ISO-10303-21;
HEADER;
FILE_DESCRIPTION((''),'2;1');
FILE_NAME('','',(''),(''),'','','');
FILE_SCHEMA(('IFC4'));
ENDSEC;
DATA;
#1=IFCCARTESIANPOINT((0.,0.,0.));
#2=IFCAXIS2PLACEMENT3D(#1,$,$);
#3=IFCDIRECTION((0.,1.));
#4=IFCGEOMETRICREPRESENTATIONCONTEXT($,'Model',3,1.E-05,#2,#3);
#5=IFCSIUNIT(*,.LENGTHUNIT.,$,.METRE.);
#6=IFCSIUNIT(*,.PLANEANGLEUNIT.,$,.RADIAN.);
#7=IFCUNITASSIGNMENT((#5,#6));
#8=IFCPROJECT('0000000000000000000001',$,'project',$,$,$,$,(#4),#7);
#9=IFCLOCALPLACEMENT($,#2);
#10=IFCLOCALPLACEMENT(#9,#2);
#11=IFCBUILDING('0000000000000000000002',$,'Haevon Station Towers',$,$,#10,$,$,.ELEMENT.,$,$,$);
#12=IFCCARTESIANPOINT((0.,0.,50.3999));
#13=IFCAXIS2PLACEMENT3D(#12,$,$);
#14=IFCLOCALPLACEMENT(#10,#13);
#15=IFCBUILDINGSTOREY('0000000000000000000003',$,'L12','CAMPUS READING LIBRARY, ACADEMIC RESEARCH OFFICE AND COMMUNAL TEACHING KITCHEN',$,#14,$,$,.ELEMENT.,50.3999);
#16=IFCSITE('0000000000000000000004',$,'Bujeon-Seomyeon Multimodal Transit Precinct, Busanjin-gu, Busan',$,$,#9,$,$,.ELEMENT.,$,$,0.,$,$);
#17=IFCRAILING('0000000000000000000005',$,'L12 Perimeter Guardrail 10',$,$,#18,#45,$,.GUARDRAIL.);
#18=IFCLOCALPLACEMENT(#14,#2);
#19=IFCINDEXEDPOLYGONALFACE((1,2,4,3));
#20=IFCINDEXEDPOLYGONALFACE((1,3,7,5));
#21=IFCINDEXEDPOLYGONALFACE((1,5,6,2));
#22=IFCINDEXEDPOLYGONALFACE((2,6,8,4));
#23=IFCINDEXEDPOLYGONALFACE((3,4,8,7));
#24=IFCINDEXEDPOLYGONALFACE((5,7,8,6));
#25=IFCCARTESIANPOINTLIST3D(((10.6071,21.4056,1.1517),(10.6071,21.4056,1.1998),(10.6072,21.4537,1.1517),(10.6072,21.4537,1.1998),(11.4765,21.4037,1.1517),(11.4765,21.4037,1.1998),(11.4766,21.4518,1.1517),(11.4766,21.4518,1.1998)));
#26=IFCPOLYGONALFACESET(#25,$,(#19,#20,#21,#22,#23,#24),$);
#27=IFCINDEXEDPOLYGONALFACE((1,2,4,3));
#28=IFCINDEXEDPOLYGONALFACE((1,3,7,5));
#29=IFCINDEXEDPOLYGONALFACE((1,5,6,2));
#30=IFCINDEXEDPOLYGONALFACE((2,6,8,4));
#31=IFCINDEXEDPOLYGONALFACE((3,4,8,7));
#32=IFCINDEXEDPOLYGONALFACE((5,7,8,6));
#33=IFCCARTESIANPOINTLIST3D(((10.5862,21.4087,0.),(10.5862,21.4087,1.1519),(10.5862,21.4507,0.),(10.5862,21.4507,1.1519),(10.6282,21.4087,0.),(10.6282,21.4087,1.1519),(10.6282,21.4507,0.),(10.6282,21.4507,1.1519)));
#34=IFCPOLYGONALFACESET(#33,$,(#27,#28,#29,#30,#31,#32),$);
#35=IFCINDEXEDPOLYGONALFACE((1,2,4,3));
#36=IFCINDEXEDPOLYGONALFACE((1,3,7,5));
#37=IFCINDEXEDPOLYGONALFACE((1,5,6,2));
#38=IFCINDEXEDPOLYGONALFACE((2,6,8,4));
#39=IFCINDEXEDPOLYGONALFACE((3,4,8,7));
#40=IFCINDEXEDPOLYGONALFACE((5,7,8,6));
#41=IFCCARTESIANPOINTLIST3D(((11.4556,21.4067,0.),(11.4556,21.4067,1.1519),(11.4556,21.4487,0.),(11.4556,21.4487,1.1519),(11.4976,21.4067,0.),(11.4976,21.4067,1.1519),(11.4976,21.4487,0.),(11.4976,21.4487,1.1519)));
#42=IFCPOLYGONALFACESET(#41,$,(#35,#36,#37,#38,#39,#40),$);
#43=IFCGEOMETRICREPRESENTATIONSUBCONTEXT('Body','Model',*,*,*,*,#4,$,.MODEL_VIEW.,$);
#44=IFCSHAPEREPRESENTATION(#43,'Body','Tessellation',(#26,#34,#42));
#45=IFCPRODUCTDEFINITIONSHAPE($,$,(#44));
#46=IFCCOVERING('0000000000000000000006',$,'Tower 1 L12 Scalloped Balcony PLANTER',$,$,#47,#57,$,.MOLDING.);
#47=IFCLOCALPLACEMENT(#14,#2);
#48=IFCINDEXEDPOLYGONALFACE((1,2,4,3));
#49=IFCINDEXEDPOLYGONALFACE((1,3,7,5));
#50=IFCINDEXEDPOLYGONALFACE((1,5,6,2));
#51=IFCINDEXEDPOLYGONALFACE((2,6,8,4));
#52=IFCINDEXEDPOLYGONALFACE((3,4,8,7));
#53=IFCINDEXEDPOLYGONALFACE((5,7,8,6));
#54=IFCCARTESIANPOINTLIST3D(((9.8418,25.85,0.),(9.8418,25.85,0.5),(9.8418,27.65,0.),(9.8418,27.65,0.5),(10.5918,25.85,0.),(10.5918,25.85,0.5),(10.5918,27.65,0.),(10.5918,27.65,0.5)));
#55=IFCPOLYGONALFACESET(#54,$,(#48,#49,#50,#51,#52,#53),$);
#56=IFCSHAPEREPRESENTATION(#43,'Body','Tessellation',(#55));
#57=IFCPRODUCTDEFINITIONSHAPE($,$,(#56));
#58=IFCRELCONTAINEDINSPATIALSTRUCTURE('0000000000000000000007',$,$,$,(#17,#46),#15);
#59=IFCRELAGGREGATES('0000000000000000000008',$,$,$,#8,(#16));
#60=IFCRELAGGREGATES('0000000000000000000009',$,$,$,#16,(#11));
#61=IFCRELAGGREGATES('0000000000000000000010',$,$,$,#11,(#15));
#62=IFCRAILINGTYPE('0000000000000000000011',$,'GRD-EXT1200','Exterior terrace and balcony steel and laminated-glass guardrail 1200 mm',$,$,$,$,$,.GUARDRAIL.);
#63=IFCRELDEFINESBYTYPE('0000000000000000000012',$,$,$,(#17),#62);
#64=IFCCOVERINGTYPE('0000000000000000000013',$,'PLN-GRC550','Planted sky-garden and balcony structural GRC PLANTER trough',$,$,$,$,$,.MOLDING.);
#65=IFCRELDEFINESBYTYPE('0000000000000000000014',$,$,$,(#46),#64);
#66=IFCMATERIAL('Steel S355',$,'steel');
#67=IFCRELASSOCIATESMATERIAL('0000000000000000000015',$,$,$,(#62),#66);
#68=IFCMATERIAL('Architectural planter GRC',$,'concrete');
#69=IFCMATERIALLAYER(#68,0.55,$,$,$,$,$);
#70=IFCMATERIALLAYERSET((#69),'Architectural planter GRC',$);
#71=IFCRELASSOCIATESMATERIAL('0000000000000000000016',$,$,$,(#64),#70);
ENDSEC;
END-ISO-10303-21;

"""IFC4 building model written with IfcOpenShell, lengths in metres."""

from ifc_helpers import new_model, si_unit, direction, frame, origin, origin_2d, place, context, subcontext, project, spatial, rectangle, extrude, material, layer, layer_set, type_object, element, save


model = new_model("IFC4")

# Units and contexts
model_context = context("Model", 3, precision=1e-05, world=origin(), true_north=direction((0.0, 1.0)))
body_context = subcontext(model_context, "Body", "Model", "MODEL_VIEW")
ifc_project = project(units=[si_unit("LENGTHUNIT", "METRE"), si_unit("PLANEANGLEUNIT", "RADIAN")], contexts=[model_context])

# Site, building, storey
site_placement = place(None, origin())
site = spatial("IfcSite", under=ifc_project, at=site_placement, Name="Bujeon-Seomyeon Multimodal Transit Precinct, Busanjin-gu, Busan", CompositionType="ELEMENT", RefElevation=0.0)
building_placement = place(site_placement, origin())
building = spatial("IfcBuilding", under=site, at=building_placement, Name="Haevon Station Towers", CompositionType="ELEMENT")
storey_placement = place(building_placement, frame((0.0, 0.0, 50.3999)))
storey = spatial("IfcBuildingStorey", under=building, at=storey_placement, Name="L12", Description="CAMPUS READING LIBRARY, ACADEMIC RESEARCH OFFICE AND COMMUNAL TEACHING KITCHEN", CompositionType="ELEMENT", Elevation=50.3999)

# Shared definitions
ifc_material_1 = material(Name="Steel S355", Category="steel")

# Railing
railing_type = type_object("IfcRailingType", Name="GRD-EXT1200", Description="Exterior terrace and balcony steel and laminated-glass guardrail 1200 mm", PredefinedType="GUARDRAIL", material=ifc_material_1)
railing_1_placement = place(storey_placement, frame((10.6072, 21.4297, 0.0)))
element("IfcRailing", 1, at=railing_1_placement, inside=storey, type_object=railing_type, Name="L12 Perimeter Guardrail 10", PredefinedType="GUARDRAIL", context=body_context, shape_type="SweptSolid", body=[
    extrude(rectangle(XDim=0.0481, YDim=0.0481, at=origin_2d()), frame((0.0, 0.0, 1.1758), z_axis=(0.999997, -0.002247, 0.0), x_axis=(0.002247, 0.999997, 0.0)), (0.0, 0.0, 1.0), 0.8694),
    extrude(rectangle(XDim=0.042, YDim=0.042, at=origin_2d()), origin(), (0.0, 0.0, 1.0), 1.1519),
    extrude(rectangle(XDim=0.042, YDim=0.042, at=origin_2d()), frame((0.8694, -0.002, 0.0)), (0.0, 0.0, 1.0), 1.1519),
])

# Covering
ifc_material_2 = material(Name="Architectural planter GRC", Category="concrete")
ifc_layer_1 = layer(ifc_material_2, 0.55)
ifc_layer_set_1 = layer_set([ifc_layer_1], Name="Architectural planter GRC")
covering_type = type_object("IfcCoveringType", Name="PLN-GRC550", Description="Planted sky-garden and balcony structural GRC PLANTER trough", PredefinedType="MOLDING", material=ifc_layer_set_1)
covering_placement = place(storey_placement, frame((10.2168, 26.75, 0.0), z_axis=(0.0, 0.0, 1.0), x_axis=(1.0, 0.0, 0.0)))
element("IfcCovering", 2, at=covering_placement, inside=storey, type_object=covering_type, Name="Tower 1 L12 Scalloped Balcony PLANTER", PredefinedType="MOLDING", context=body_context, shape_type="SweptSolid", body=[
    extrude(rectangle(XDim=0.75, YDim=1.8, at=origin_2d()), origin(), (0.0, 0.0, 1.0), 0.5),
])

save(model, "model.ifc")
